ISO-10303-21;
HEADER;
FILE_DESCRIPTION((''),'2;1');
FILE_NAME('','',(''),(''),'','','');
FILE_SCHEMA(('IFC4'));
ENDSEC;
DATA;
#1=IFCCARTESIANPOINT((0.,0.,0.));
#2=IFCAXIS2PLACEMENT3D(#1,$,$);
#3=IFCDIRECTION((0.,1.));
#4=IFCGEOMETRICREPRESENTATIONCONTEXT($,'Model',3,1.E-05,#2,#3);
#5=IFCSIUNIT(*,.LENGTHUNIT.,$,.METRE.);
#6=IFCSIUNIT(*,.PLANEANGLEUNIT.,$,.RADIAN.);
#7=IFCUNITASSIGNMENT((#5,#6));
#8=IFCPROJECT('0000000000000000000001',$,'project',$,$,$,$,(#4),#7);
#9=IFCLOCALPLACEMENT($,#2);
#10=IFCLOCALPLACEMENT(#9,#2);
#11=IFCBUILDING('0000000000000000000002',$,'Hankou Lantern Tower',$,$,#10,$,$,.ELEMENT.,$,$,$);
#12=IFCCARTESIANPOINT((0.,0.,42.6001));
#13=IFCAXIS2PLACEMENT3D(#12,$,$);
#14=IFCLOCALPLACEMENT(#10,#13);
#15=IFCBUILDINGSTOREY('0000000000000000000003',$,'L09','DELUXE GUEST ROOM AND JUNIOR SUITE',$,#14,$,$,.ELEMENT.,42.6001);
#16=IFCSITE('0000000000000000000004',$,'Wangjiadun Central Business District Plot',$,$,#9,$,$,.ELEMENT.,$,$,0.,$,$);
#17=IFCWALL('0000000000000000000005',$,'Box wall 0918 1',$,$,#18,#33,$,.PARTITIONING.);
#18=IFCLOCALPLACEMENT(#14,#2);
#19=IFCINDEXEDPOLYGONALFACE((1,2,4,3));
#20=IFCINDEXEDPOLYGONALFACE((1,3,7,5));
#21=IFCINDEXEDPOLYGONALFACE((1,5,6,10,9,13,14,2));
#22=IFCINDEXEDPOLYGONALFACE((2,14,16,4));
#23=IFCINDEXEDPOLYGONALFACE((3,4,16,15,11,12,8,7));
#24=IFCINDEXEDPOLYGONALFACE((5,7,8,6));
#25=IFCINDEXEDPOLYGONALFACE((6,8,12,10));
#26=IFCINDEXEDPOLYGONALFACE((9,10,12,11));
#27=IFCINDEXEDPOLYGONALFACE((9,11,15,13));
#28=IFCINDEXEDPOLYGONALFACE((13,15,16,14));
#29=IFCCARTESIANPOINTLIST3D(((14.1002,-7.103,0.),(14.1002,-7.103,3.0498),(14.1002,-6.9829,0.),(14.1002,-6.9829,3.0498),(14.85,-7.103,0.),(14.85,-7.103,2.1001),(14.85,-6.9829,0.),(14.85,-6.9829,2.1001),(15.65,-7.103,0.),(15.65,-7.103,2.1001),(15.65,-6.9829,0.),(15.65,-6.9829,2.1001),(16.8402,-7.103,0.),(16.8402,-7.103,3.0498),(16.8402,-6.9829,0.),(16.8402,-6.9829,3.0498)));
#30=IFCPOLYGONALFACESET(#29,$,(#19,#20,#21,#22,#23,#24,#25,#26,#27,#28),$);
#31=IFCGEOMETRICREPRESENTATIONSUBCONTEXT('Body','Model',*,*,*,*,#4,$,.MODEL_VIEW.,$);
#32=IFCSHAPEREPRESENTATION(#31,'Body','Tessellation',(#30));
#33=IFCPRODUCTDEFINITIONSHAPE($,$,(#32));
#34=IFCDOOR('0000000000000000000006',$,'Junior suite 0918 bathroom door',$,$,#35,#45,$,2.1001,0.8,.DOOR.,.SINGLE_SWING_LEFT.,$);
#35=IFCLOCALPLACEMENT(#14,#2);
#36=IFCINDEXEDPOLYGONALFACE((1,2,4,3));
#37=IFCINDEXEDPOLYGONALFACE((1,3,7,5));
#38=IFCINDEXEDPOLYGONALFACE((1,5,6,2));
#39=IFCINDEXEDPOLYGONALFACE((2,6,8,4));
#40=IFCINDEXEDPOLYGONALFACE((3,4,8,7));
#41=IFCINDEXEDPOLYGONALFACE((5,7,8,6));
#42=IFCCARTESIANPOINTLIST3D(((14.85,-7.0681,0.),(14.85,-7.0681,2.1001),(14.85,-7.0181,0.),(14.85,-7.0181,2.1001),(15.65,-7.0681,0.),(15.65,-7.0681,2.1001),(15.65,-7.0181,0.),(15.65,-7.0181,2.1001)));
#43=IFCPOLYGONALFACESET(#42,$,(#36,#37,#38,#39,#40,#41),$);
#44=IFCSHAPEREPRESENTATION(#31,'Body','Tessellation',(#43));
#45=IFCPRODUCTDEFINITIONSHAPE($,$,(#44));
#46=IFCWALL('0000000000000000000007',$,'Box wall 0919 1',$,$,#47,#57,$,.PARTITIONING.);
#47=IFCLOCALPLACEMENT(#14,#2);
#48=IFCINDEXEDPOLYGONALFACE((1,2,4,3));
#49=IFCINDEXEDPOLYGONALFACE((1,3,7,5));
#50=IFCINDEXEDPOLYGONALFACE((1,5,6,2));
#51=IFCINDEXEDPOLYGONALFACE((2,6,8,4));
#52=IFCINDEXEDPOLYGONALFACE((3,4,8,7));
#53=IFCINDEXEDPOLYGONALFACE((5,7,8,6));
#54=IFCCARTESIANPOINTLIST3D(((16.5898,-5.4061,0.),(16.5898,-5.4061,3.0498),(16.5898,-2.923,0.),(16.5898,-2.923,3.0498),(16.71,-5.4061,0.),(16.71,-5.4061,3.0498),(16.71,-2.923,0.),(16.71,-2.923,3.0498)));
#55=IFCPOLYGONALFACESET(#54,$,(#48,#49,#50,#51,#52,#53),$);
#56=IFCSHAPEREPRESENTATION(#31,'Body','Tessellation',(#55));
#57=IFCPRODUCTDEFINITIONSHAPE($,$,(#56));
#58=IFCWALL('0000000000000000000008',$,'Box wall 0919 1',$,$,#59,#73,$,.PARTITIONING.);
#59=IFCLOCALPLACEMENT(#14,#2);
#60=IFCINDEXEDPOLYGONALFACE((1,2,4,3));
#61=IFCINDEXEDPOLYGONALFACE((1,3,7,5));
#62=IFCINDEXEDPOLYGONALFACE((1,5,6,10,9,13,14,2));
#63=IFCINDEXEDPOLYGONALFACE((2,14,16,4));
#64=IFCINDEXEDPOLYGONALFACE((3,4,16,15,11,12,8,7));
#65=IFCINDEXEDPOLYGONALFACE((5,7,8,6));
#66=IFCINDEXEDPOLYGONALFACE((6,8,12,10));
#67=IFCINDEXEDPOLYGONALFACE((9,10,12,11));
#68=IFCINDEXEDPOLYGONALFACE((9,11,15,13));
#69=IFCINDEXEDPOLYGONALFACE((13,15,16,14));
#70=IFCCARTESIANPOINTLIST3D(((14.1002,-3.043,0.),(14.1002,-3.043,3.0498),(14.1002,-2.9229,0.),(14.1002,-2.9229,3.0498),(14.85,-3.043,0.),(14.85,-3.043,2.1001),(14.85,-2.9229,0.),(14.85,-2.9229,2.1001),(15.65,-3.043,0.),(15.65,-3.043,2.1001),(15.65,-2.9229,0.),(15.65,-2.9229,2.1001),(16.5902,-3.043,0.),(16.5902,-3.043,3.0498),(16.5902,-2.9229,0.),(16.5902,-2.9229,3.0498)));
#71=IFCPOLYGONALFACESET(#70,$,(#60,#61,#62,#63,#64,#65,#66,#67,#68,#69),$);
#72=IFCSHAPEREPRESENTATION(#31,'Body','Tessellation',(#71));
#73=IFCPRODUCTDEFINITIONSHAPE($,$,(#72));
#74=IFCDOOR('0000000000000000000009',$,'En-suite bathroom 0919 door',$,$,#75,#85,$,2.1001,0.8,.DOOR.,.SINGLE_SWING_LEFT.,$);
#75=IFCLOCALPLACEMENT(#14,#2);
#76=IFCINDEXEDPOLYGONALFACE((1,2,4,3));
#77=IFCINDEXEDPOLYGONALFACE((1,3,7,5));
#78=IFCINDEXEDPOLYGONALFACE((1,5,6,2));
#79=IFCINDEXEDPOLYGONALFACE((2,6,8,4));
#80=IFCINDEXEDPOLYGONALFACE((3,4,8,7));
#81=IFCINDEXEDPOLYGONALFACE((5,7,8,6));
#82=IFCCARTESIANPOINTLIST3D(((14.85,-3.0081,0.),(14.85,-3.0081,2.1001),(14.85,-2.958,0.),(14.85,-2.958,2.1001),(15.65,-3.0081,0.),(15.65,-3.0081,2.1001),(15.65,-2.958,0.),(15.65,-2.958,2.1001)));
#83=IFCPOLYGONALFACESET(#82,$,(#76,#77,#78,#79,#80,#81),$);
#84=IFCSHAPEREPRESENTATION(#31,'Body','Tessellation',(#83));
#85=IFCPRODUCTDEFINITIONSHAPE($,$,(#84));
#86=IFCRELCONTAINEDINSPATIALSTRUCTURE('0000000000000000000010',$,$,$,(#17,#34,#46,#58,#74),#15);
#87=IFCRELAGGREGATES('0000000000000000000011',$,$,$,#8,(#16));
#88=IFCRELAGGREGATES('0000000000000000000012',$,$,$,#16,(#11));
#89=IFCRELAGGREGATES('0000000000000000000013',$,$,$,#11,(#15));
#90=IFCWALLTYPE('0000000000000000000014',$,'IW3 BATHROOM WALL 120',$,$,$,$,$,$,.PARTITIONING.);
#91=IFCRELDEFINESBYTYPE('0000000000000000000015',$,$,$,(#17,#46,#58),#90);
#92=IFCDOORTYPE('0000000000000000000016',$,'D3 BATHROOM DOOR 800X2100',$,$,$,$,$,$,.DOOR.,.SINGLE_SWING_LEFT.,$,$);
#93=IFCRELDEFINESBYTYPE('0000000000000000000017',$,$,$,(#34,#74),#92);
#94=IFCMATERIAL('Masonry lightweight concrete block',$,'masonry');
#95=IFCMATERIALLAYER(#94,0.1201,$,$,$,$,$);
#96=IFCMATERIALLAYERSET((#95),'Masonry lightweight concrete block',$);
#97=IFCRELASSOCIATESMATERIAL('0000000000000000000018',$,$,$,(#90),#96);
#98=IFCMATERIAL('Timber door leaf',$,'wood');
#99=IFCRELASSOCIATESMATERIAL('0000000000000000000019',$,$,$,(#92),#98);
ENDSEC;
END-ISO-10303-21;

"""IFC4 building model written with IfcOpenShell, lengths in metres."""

from ifc_helpers import new_model, si_unit, direction, frame, frame_2d, origin, place, context, subcontext, project, spatial, rectangle, extrude, material, layer, layer_set, type_object, element, fill, save


model = new_model("IFC4")

# Units and contexts
model_context = context("Model", 3, precision=1e-05, world=origin(), true_north=direction((0.0, 1.0)))
body_context = subcontext(model_context, "Body", "Model", "MODEL_VIEW")
ifc_project = project(units=[si_unit("LENGTHUNIT", "METRE"), si_unit("PLANEANGLEUNIT", "RADIAN")], contexts=[model_context])

# Site, building, storey
site_placement = place(None, origin())
site = spatial("IfcSite", under=ifc_project, at=site_placement, Name="Wangjiadun Central Business District Plot", CompositionType="ELEMENT", RefElevation=0.0)
building_placement = place(site_placement, origin())
building = spatial("IfcBuilding", under=site, at=building_placement, Name="Hankou Lantern Tower", CompositionType="ELEMENT")
storey_placement = place(building_placement, frame((0.0, 0.0, 42.6001)))
storey = spatial("IfcBuildingStorey", under=building, at=storey_placement, Name="L09", Description="DELUXE GUEST ROOM AND JUNIOR SUITE", CompositionType="ELEMENT", Elevation=42.6001)

# Shared definitions
ifc_material_1 = material(Name="Masonry lightweight concrete block", Category="masonry")
ifc_layer_1 = layer(ifc_material_1, 0.1201)
ifc_layer_set_1 = layer_set([ifc_layer_1], Name="Masonry lightweight concrete block")
wall_type_1 = type_object("IfcWallType", Name="IW3 BATHROOM WALL 120", PredefinedType="PARTITIONING", material=ifc_layer_set_1)
ifc_material_2 = material(Name="Timber door leaf", Category="wood")
door_type = type_object("IfcDoorType", Name="D3 BATHROOM DOOR 800X2100", OperationType="SINGLE_SWING_LEFT", PredefinedType="DOOR", material=ifc_material_2)

# Wall, opening, door
wall_1_placement = place(storey_placement, frame((14.1001, -7.043, 0.0), z_axis=(0.0, 0.0, 1.0), x_axis=(1.0, 0.0, 0.0)))
wall_1 = element("IfcWall", 1, at=wall_1_placement, inside=storey, type_object=wall_type_1, Name="Box wall 0918 1", PredefinedType="PARTITIONING", context=body_context, shape_type="SweptSolid", body=[
    extrude(rectangle(XDim=2.74, YDim=0.1201, at=frame_2d((1.3701, 0.0))), origin(), (0.0, 0.0, 1.0), 3.0498),
])
opening_1_placement = place(wall_1_placement, frame((0.75, 0.0, 0.0)))
opening_1 = element("IfcOpeningElement", 2, at=opening_1_placement, cuts=wall_1, PredefinedType="OPENING", context=body_context, shape_type="SweptSolid", body=[
    extrude(rectangle(XDim=0.8, YDim=2.1001, at=frame_2d((0.3999, 1.05))), frame((0.0, 0.0701, 0.0), z_axis=(0.0, -1.0, 0.0), x_axis=(1.0, 0.0, 0.0)), (0.0, 0.0, 1.0), 0.1401),
])
door_1_placement = place(opening_1_placement, origin())
door_1 = element("IfcDoor", 3, at=door_1_placement, inside=storey, type_object=door_type, Name="Junior suite 0918 bathroom door", OperationType="SINGLE_SWING_LEFT", OverallHeight=2.1001, OverallWidth=0.8, PredefinedType="DOOR", context=body_context, shape_type="SweptSolid", body=[
    extrude(rectangle(XDim=0.8, YDim=2.1001, at=frame_2d((0.3999, 1.05))), frame((0.0, 0.0249, 0.0), z_axis=(0.0, -1.0, 0.0), x_axis=(1.0, 0.0, 0.0)), (0.0, 0.0, 1.0), 0.05),
])
fill(opening_1, door_1)

# Wall
wall_2_placement = place(storey_placement, frame((16.6499, -5.4062, 0.0), z_axis=(0.0, 0.0, 1.0), x_axis=(0.0, 1.0, 0.0)))
element("IfcWall", 4, at=wall_2_placement, inside=storey, type_object=wall_type_1, Name="Box wall 0919 1", PredefinedType="PARTITIONING", context=body_context, shape_type="SweptSolid", body=[
    extrude(rectangle(XDim=2.4832, YDim=0.1201, at=frame_2d((1.2417, 0.0))), origin(), (0.0, 0.0, 1.0), 3.0498),
])

# Wall, opening, door
wall_3_placement = place(storey_placement, frame((14.1001, -2.9829, 0.0), z_axis=(0.0, 0.0, 1.0), x_axis=(1.0, 0.0, 0.0)))
wall_3 = element("IfcWall", 5, at=wall_3_placement, inside=storey, type_object=wall_type_1, Name="Box wall 0919 1", PredefinedType="PARTITIONING", context=body_context, shape_type="SweptSolid", body=[
    extrude(rectangle(XDim=2.49, YDim=0.1201, at=frame_2d((1.2451, 0.0))), origin(), (0.0, 0.0, 1.0), 3.0498),
])
opening_2_placement = place(wall_3_placement, frame((0.75, 0.0, 0.0)))
opening_2 = element("IfcOpeningElement", 6, at=opening_2_placement, cuts=wall_3, PredefinedType="OPENING", context=body_context, shape_type="SweptSolid", body=[
    extrude(rectangle(XDim=0.8, YDim=2.1001, at=frame_2d((0.3999, 1.05))), frame((0.0, 0.0701, 0.0), z_axis=(0.0, -1.0, 0.0), x_axis=(1.0, 0.0, 0.0)), (0.0, 0.0, 1.0), 0.1401),
])
door_2_placement = place(opening_2_placement, origin())
door_2 = element("IfcDoor", 7, at=door_2_placement, inside=storey, type_object=door_type, Name="En-suite bathroom 0919 door", OperationType="SINGLE_SWING_LEFT", OverallHeight=2.1001, OverallWidth=0.8, PredefinedType="DOOR", context=body_context, shape_type="SweptSolid", body=[
    extrude(rectangle(XDim=0.8, YDim=2.1001, at=frame_2d((0.3999, 1.05))), frame((0.0, 0.0249, 0.0), z_axis=(0.0, -1.0, 0.0), x_axis=(1.0, 0.0, 0.0)), (0.0, 0.0, 1.0), 0.05),
])
fill(opening_2, door_2)

save(model, "model.ifc")
